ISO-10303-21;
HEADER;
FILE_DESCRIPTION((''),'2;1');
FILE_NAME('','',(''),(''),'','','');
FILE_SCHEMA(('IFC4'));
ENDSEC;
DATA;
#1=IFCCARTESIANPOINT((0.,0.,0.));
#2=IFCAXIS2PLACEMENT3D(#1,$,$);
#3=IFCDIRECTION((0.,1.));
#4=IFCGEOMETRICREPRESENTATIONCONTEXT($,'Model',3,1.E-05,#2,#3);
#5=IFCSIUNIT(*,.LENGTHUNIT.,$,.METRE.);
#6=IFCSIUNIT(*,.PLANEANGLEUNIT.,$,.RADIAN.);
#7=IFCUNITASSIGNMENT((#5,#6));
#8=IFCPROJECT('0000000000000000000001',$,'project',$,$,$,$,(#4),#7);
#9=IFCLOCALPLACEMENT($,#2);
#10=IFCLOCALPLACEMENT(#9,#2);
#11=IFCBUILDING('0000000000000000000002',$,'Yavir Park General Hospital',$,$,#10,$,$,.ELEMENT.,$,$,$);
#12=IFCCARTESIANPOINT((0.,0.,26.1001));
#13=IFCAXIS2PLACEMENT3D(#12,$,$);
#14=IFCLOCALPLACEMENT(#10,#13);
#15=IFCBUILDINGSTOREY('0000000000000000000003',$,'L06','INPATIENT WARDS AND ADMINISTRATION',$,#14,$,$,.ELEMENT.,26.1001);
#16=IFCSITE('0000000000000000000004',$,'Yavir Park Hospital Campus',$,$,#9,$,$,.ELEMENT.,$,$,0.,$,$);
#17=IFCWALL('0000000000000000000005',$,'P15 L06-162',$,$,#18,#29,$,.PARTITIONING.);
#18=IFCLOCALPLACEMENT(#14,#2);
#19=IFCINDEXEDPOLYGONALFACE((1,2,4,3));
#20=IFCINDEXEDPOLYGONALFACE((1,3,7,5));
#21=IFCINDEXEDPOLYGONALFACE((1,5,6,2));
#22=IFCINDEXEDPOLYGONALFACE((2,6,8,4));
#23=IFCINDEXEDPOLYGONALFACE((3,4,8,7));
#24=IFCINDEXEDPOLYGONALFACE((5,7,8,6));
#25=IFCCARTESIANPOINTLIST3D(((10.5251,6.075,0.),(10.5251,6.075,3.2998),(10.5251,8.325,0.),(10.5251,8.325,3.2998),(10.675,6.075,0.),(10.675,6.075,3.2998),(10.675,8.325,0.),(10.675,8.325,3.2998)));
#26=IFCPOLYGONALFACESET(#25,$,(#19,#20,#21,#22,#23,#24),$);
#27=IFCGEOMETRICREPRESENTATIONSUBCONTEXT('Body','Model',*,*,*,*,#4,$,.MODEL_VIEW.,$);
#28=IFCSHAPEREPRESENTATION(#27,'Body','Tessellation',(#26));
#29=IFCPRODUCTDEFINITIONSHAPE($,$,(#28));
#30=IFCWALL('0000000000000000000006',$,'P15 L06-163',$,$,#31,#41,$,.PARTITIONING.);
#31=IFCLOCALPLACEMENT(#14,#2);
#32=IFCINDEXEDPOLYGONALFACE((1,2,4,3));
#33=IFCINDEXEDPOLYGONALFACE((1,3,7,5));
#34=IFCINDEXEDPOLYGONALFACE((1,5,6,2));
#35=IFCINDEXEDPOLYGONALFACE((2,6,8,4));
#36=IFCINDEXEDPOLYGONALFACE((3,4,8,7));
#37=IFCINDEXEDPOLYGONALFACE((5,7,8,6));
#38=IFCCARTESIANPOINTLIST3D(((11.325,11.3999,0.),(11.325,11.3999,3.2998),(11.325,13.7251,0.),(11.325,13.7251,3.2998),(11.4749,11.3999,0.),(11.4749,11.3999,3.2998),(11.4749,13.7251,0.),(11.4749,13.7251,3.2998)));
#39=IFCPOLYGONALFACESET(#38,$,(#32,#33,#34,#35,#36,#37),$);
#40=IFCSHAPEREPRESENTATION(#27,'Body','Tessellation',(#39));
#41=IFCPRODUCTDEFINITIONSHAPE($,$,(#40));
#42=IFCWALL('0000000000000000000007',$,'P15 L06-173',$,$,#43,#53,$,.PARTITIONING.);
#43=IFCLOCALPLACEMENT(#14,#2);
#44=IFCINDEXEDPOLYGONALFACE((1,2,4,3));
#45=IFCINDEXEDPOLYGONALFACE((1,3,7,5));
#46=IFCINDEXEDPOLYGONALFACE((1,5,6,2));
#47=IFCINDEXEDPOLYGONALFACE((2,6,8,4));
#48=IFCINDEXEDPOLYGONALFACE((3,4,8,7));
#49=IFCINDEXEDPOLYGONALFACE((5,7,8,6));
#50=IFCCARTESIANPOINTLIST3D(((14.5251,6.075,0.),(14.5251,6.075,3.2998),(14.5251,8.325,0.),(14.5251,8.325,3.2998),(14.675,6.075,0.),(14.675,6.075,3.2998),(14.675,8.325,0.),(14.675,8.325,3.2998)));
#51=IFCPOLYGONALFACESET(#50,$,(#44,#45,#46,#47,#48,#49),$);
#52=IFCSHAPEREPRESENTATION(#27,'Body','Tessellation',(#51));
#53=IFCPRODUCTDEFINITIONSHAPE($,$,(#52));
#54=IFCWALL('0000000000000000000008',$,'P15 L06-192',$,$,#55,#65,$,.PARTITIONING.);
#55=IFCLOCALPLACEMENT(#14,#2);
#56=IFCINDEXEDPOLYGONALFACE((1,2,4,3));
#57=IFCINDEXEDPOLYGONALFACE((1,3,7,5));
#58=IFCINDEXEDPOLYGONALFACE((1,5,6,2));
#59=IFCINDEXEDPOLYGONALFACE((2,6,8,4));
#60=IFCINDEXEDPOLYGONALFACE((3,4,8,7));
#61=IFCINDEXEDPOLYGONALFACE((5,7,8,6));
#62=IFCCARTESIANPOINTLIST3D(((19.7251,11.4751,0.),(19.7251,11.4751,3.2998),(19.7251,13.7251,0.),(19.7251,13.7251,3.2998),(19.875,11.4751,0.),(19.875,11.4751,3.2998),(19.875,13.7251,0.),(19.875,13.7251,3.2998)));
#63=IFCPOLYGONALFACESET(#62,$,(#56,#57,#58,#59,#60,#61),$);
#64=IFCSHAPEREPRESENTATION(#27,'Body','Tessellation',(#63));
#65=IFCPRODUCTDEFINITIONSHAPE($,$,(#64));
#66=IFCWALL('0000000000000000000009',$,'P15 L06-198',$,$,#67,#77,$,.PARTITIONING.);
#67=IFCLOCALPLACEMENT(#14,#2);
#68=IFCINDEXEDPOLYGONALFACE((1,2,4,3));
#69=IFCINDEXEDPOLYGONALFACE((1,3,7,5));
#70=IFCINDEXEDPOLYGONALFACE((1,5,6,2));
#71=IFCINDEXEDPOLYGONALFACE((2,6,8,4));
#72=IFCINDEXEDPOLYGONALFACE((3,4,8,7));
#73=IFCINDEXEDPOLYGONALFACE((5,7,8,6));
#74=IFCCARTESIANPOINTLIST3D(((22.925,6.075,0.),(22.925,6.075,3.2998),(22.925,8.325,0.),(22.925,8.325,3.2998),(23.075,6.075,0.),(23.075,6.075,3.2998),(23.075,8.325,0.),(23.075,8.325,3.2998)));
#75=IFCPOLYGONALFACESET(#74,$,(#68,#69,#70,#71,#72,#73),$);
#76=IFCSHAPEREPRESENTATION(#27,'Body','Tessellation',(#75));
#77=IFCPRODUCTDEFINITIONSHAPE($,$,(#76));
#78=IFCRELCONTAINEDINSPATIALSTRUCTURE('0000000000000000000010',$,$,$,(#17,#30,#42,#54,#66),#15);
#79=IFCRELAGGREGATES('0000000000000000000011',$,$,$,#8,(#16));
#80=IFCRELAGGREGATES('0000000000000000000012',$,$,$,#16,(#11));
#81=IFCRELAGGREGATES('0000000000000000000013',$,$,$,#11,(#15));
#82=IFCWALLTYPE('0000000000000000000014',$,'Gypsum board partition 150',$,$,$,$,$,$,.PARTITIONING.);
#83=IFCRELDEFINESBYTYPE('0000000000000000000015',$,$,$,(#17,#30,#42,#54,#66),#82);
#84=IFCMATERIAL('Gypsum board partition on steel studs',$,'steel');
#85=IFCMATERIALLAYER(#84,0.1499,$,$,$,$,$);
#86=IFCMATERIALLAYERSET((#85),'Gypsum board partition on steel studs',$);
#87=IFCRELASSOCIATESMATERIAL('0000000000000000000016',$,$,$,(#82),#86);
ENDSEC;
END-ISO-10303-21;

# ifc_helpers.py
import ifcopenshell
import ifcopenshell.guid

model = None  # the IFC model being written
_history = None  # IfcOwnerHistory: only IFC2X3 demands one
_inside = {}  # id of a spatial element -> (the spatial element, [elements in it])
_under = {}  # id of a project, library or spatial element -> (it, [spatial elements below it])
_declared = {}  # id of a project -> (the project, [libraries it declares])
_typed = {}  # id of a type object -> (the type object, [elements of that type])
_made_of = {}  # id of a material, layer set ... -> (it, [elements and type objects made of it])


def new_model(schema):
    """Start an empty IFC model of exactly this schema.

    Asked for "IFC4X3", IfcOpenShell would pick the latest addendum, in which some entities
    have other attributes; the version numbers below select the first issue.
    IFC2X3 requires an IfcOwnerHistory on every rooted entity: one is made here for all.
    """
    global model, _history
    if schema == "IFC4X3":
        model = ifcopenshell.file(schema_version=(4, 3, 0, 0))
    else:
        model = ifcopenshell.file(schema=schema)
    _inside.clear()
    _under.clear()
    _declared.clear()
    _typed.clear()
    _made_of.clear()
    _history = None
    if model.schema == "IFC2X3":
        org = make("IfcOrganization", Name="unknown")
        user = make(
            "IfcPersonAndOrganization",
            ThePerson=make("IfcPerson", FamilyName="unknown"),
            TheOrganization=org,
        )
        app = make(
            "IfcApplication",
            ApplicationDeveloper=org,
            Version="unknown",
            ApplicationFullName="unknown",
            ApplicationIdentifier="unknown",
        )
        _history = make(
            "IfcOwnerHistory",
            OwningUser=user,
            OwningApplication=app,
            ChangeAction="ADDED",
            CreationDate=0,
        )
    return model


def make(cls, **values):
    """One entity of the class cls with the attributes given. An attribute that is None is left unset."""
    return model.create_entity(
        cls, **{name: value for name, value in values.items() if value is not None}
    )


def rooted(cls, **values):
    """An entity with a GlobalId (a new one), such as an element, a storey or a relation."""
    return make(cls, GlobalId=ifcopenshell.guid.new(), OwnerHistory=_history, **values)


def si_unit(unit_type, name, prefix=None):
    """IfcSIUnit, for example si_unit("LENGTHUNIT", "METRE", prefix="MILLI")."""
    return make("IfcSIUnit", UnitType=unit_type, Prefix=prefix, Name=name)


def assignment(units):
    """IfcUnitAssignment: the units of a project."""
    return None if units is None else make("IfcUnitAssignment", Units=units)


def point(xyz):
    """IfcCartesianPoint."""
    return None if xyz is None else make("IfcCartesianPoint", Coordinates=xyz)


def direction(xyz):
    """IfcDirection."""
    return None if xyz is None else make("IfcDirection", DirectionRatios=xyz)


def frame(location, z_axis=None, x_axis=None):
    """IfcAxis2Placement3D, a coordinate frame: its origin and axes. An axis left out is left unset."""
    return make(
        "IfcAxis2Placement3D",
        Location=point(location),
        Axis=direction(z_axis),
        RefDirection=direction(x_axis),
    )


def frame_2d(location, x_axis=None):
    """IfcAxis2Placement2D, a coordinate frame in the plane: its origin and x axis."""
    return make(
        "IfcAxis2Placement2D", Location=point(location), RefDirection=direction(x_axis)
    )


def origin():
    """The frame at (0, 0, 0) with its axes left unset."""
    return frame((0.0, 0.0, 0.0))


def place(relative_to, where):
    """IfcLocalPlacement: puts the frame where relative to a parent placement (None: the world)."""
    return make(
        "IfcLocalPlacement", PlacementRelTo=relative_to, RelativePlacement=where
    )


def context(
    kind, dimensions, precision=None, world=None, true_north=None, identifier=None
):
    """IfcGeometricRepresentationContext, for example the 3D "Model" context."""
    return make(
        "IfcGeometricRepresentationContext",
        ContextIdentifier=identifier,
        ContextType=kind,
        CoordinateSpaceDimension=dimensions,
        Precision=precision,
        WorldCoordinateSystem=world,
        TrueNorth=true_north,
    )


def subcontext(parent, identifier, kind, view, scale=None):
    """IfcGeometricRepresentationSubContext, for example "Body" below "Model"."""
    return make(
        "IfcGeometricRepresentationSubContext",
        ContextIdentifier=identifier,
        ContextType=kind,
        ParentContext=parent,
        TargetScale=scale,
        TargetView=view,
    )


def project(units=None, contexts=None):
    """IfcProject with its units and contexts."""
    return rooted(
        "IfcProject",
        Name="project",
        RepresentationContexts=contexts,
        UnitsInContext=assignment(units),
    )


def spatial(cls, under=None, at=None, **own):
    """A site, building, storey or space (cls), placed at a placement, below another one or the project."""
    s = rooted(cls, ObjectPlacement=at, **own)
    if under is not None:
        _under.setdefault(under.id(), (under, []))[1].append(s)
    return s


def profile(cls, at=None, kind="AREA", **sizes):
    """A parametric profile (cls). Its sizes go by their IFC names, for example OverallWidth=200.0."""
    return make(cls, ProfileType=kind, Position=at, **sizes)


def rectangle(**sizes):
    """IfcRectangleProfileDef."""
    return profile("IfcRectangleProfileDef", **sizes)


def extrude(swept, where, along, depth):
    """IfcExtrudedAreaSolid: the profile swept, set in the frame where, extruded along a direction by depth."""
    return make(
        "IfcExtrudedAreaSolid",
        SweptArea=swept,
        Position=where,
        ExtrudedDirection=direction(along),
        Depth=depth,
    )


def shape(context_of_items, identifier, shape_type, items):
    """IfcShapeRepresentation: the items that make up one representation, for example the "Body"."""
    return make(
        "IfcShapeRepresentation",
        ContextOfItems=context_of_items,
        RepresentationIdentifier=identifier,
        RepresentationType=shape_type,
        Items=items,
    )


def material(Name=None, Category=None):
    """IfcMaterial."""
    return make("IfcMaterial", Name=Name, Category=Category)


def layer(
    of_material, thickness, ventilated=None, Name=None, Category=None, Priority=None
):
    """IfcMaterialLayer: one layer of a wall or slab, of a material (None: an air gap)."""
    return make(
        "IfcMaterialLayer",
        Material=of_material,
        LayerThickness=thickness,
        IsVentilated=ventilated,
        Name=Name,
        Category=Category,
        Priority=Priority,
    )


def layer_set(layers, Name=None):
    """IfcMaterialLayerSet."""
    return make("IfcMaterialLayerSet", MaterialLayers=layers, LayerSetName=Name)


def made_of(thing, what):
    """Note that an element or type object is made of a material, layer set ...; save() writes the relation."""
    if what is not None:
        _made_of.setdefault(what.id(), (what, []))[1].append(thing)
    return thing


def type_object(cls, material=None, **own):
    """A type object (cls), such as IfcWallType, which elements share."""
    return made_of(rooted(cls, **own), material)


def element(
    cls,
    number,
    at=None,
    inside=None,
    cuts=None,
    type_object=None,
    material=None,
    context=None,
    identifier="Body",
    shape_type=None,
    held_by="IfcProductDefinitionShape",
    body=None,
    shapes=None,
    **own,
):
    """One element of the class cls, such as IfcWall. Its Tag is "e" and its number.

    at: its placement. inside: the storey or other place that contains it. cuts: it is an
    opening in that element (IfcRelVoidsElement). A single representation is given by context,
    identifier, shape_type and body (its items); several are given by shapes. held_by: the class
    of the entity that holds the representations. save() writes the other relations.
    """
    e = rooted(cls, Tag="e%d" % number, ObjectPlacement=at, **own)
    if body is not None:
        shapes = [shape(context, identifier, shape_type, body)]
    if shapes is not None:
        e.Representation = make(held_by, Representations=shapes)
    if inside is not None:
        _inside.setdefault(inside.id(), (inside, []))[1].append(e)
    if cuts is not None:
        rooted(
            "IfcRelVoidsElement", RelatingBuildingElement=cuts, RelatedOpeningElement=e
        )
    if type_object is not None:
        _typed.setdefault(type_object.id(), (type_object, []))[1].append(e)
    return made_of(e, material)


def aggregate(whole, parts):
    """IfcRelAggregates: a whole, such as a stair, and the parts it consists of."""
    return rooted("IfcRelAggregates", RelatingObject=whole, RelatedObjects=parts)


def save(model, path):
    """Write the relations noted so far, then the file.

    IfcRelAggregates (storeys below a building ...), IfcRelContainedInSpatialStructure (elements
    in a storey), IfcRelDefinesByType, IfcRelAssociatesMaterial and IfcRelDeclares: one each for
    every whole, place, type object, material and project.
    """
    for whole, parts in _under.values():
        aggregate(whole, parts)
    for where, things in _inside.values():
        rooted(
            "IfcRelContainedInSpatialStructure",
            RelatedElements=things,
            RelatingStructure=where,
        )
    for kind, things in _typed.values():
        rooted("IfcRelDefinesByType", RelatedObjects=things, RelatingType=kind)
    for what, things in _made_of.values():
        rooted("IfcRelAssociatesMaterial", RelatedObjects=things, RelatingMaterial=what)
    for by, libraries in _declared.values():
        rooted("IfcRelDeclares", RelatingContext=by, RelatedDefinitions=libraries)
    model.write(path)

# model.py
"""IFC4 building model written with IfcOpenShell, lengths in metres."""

from ifc_helpers import new_model, si_unit, direction, frame, frame_2d, origin, place, context, subcontext, project, spatial, rectangle, extrude, material, layer, layer_set, type_object, element, save


model = new_model("IFC4")

# Units and contexts
model_context = context("Model", 3, precision=1e-05, world=origin(), true_north=direction((0.0, 1.0)))
body_context = subcontext(model_context, "Body", "Model", "MODEL_VIEW")
ifc_project = project(units=[si_unit("LENGTHUNIT", "METRE"), si_unit("PLANEANGLEUNIT", "RADIAN")], contexts=[model_context])

# Site, building, storey
site_placement = place(None, origin())
site = spatial("IfcSite", under=ifc_project, at=site_placement, Name="Yavir Park Hospital Campus", CompositionType="ELEMENT", RefElevation=0.0)
building_placement = place(site_placement, origin())
building = spatial("IfcBuilding", under=site, at=building_placement, Name="Yavir Park General Hospital", CompositionType="ELEMENT")
storey_placement = place(building_placement, frame((0.0, 0.0, 26.1001)))
storey = spatial("IfcBuildingStorey", under=building, at=storey_placement, Name="L06", Description="INPATIENT WARDS AND ADMINISTRATION", CompositionType="ELEMENT", Elevation=26.1001)

# Shared definitions
ifc_material_1 = material(Name="Gypsum board partition on steel studs", Category="steel")
ifc_layer_1 = layer(ifc_material_1, 0.1499)
ifc_layer_set_1 = layer_set([ifc_layer_1], Name="Gypsum board partition on steel studs")
wall_type_1 = type_object("IfcWallType", Name="Gypsum board partition 150", PredefinedType="PARTITIONING", material=ifc_layer_set_1)

# Walls
for number, where, z_axis, x_axis, name in (
    (1, (10.6001, 6.075, 0.0), (0.0, 0.0, 1.0), (0.0, 1.0, 0.0), "P15 L06-162"),
):
    element("IfcWall", number, at=place(storey_placement, frame(where, z_axis=z_axis, x_axis=x_axis)), inside=storey, type_object=wall_type_1, Name=name, PredefinedType="PARTITIONING", context=body_context, shape_type="SweptSolid", body=[
        extrude(rectangle(XDim=2.25, YDim=0.1499, at=frame_2d((1.125, 0.0))), origin(), (0.0, 0.0, 1.0), 3.2998),
    ])
wall_1_placement = place(storey_placement, frame((11.3999, 11.3999, 0.0), z_axis=(0.0, 0.0, 1.0), x_axis=(0.0, 1.0, 0.0)))
element("IfcWall", 2, at=wall_1_placement, inside=storey, type_object=wall_type_1, Name="P15 L06-163", PredefinedType="PARTITIONING", context=body_context, shape_type="SweptSolid", body=[
    extrude(rectangle(XDim=2.3252, YDim=0.1499, at=frame_2d((1.1626, 0.0))), origin(), (0.0, 0.0, 1.0), 3.2998),
])
for number, where, z_axis, x_axis, name in (
    (3, (14.6001, 6.075, 0.0), (0.0, 0.0, 1.0), (0.0, 1.0, 0.0), "P15 L06-173"),
    (4, (19.8, 11.4751, 0.0), (0.0, 0.0, 1.0), (0.0, 1.0, 0.0), "P15 L06-192"),
    (5, (23.0, 6.075, 0.0), (0.0, 0.0, 1.0), (0.0, 1.0, 0.0), "P15 L06-198"),
):
    element("IfcWall", number, at=place(storey_placement, frame(where, z_axis=z_axis, x_axis=x_axis)), inside=storey, type_object=wall_type_1, Name=name, PredefinedType="PARTITIONING", context=body_context, shape_type="SweptSolid", body=[
        extrude(rectangle(XDim=2.25, YDim=0.1499, at=frame_2d((1.125, 0.0))), origin(), (0.0, 0.0, 1.0), 3.2998),
    ])

save(model, "model.ifc")
